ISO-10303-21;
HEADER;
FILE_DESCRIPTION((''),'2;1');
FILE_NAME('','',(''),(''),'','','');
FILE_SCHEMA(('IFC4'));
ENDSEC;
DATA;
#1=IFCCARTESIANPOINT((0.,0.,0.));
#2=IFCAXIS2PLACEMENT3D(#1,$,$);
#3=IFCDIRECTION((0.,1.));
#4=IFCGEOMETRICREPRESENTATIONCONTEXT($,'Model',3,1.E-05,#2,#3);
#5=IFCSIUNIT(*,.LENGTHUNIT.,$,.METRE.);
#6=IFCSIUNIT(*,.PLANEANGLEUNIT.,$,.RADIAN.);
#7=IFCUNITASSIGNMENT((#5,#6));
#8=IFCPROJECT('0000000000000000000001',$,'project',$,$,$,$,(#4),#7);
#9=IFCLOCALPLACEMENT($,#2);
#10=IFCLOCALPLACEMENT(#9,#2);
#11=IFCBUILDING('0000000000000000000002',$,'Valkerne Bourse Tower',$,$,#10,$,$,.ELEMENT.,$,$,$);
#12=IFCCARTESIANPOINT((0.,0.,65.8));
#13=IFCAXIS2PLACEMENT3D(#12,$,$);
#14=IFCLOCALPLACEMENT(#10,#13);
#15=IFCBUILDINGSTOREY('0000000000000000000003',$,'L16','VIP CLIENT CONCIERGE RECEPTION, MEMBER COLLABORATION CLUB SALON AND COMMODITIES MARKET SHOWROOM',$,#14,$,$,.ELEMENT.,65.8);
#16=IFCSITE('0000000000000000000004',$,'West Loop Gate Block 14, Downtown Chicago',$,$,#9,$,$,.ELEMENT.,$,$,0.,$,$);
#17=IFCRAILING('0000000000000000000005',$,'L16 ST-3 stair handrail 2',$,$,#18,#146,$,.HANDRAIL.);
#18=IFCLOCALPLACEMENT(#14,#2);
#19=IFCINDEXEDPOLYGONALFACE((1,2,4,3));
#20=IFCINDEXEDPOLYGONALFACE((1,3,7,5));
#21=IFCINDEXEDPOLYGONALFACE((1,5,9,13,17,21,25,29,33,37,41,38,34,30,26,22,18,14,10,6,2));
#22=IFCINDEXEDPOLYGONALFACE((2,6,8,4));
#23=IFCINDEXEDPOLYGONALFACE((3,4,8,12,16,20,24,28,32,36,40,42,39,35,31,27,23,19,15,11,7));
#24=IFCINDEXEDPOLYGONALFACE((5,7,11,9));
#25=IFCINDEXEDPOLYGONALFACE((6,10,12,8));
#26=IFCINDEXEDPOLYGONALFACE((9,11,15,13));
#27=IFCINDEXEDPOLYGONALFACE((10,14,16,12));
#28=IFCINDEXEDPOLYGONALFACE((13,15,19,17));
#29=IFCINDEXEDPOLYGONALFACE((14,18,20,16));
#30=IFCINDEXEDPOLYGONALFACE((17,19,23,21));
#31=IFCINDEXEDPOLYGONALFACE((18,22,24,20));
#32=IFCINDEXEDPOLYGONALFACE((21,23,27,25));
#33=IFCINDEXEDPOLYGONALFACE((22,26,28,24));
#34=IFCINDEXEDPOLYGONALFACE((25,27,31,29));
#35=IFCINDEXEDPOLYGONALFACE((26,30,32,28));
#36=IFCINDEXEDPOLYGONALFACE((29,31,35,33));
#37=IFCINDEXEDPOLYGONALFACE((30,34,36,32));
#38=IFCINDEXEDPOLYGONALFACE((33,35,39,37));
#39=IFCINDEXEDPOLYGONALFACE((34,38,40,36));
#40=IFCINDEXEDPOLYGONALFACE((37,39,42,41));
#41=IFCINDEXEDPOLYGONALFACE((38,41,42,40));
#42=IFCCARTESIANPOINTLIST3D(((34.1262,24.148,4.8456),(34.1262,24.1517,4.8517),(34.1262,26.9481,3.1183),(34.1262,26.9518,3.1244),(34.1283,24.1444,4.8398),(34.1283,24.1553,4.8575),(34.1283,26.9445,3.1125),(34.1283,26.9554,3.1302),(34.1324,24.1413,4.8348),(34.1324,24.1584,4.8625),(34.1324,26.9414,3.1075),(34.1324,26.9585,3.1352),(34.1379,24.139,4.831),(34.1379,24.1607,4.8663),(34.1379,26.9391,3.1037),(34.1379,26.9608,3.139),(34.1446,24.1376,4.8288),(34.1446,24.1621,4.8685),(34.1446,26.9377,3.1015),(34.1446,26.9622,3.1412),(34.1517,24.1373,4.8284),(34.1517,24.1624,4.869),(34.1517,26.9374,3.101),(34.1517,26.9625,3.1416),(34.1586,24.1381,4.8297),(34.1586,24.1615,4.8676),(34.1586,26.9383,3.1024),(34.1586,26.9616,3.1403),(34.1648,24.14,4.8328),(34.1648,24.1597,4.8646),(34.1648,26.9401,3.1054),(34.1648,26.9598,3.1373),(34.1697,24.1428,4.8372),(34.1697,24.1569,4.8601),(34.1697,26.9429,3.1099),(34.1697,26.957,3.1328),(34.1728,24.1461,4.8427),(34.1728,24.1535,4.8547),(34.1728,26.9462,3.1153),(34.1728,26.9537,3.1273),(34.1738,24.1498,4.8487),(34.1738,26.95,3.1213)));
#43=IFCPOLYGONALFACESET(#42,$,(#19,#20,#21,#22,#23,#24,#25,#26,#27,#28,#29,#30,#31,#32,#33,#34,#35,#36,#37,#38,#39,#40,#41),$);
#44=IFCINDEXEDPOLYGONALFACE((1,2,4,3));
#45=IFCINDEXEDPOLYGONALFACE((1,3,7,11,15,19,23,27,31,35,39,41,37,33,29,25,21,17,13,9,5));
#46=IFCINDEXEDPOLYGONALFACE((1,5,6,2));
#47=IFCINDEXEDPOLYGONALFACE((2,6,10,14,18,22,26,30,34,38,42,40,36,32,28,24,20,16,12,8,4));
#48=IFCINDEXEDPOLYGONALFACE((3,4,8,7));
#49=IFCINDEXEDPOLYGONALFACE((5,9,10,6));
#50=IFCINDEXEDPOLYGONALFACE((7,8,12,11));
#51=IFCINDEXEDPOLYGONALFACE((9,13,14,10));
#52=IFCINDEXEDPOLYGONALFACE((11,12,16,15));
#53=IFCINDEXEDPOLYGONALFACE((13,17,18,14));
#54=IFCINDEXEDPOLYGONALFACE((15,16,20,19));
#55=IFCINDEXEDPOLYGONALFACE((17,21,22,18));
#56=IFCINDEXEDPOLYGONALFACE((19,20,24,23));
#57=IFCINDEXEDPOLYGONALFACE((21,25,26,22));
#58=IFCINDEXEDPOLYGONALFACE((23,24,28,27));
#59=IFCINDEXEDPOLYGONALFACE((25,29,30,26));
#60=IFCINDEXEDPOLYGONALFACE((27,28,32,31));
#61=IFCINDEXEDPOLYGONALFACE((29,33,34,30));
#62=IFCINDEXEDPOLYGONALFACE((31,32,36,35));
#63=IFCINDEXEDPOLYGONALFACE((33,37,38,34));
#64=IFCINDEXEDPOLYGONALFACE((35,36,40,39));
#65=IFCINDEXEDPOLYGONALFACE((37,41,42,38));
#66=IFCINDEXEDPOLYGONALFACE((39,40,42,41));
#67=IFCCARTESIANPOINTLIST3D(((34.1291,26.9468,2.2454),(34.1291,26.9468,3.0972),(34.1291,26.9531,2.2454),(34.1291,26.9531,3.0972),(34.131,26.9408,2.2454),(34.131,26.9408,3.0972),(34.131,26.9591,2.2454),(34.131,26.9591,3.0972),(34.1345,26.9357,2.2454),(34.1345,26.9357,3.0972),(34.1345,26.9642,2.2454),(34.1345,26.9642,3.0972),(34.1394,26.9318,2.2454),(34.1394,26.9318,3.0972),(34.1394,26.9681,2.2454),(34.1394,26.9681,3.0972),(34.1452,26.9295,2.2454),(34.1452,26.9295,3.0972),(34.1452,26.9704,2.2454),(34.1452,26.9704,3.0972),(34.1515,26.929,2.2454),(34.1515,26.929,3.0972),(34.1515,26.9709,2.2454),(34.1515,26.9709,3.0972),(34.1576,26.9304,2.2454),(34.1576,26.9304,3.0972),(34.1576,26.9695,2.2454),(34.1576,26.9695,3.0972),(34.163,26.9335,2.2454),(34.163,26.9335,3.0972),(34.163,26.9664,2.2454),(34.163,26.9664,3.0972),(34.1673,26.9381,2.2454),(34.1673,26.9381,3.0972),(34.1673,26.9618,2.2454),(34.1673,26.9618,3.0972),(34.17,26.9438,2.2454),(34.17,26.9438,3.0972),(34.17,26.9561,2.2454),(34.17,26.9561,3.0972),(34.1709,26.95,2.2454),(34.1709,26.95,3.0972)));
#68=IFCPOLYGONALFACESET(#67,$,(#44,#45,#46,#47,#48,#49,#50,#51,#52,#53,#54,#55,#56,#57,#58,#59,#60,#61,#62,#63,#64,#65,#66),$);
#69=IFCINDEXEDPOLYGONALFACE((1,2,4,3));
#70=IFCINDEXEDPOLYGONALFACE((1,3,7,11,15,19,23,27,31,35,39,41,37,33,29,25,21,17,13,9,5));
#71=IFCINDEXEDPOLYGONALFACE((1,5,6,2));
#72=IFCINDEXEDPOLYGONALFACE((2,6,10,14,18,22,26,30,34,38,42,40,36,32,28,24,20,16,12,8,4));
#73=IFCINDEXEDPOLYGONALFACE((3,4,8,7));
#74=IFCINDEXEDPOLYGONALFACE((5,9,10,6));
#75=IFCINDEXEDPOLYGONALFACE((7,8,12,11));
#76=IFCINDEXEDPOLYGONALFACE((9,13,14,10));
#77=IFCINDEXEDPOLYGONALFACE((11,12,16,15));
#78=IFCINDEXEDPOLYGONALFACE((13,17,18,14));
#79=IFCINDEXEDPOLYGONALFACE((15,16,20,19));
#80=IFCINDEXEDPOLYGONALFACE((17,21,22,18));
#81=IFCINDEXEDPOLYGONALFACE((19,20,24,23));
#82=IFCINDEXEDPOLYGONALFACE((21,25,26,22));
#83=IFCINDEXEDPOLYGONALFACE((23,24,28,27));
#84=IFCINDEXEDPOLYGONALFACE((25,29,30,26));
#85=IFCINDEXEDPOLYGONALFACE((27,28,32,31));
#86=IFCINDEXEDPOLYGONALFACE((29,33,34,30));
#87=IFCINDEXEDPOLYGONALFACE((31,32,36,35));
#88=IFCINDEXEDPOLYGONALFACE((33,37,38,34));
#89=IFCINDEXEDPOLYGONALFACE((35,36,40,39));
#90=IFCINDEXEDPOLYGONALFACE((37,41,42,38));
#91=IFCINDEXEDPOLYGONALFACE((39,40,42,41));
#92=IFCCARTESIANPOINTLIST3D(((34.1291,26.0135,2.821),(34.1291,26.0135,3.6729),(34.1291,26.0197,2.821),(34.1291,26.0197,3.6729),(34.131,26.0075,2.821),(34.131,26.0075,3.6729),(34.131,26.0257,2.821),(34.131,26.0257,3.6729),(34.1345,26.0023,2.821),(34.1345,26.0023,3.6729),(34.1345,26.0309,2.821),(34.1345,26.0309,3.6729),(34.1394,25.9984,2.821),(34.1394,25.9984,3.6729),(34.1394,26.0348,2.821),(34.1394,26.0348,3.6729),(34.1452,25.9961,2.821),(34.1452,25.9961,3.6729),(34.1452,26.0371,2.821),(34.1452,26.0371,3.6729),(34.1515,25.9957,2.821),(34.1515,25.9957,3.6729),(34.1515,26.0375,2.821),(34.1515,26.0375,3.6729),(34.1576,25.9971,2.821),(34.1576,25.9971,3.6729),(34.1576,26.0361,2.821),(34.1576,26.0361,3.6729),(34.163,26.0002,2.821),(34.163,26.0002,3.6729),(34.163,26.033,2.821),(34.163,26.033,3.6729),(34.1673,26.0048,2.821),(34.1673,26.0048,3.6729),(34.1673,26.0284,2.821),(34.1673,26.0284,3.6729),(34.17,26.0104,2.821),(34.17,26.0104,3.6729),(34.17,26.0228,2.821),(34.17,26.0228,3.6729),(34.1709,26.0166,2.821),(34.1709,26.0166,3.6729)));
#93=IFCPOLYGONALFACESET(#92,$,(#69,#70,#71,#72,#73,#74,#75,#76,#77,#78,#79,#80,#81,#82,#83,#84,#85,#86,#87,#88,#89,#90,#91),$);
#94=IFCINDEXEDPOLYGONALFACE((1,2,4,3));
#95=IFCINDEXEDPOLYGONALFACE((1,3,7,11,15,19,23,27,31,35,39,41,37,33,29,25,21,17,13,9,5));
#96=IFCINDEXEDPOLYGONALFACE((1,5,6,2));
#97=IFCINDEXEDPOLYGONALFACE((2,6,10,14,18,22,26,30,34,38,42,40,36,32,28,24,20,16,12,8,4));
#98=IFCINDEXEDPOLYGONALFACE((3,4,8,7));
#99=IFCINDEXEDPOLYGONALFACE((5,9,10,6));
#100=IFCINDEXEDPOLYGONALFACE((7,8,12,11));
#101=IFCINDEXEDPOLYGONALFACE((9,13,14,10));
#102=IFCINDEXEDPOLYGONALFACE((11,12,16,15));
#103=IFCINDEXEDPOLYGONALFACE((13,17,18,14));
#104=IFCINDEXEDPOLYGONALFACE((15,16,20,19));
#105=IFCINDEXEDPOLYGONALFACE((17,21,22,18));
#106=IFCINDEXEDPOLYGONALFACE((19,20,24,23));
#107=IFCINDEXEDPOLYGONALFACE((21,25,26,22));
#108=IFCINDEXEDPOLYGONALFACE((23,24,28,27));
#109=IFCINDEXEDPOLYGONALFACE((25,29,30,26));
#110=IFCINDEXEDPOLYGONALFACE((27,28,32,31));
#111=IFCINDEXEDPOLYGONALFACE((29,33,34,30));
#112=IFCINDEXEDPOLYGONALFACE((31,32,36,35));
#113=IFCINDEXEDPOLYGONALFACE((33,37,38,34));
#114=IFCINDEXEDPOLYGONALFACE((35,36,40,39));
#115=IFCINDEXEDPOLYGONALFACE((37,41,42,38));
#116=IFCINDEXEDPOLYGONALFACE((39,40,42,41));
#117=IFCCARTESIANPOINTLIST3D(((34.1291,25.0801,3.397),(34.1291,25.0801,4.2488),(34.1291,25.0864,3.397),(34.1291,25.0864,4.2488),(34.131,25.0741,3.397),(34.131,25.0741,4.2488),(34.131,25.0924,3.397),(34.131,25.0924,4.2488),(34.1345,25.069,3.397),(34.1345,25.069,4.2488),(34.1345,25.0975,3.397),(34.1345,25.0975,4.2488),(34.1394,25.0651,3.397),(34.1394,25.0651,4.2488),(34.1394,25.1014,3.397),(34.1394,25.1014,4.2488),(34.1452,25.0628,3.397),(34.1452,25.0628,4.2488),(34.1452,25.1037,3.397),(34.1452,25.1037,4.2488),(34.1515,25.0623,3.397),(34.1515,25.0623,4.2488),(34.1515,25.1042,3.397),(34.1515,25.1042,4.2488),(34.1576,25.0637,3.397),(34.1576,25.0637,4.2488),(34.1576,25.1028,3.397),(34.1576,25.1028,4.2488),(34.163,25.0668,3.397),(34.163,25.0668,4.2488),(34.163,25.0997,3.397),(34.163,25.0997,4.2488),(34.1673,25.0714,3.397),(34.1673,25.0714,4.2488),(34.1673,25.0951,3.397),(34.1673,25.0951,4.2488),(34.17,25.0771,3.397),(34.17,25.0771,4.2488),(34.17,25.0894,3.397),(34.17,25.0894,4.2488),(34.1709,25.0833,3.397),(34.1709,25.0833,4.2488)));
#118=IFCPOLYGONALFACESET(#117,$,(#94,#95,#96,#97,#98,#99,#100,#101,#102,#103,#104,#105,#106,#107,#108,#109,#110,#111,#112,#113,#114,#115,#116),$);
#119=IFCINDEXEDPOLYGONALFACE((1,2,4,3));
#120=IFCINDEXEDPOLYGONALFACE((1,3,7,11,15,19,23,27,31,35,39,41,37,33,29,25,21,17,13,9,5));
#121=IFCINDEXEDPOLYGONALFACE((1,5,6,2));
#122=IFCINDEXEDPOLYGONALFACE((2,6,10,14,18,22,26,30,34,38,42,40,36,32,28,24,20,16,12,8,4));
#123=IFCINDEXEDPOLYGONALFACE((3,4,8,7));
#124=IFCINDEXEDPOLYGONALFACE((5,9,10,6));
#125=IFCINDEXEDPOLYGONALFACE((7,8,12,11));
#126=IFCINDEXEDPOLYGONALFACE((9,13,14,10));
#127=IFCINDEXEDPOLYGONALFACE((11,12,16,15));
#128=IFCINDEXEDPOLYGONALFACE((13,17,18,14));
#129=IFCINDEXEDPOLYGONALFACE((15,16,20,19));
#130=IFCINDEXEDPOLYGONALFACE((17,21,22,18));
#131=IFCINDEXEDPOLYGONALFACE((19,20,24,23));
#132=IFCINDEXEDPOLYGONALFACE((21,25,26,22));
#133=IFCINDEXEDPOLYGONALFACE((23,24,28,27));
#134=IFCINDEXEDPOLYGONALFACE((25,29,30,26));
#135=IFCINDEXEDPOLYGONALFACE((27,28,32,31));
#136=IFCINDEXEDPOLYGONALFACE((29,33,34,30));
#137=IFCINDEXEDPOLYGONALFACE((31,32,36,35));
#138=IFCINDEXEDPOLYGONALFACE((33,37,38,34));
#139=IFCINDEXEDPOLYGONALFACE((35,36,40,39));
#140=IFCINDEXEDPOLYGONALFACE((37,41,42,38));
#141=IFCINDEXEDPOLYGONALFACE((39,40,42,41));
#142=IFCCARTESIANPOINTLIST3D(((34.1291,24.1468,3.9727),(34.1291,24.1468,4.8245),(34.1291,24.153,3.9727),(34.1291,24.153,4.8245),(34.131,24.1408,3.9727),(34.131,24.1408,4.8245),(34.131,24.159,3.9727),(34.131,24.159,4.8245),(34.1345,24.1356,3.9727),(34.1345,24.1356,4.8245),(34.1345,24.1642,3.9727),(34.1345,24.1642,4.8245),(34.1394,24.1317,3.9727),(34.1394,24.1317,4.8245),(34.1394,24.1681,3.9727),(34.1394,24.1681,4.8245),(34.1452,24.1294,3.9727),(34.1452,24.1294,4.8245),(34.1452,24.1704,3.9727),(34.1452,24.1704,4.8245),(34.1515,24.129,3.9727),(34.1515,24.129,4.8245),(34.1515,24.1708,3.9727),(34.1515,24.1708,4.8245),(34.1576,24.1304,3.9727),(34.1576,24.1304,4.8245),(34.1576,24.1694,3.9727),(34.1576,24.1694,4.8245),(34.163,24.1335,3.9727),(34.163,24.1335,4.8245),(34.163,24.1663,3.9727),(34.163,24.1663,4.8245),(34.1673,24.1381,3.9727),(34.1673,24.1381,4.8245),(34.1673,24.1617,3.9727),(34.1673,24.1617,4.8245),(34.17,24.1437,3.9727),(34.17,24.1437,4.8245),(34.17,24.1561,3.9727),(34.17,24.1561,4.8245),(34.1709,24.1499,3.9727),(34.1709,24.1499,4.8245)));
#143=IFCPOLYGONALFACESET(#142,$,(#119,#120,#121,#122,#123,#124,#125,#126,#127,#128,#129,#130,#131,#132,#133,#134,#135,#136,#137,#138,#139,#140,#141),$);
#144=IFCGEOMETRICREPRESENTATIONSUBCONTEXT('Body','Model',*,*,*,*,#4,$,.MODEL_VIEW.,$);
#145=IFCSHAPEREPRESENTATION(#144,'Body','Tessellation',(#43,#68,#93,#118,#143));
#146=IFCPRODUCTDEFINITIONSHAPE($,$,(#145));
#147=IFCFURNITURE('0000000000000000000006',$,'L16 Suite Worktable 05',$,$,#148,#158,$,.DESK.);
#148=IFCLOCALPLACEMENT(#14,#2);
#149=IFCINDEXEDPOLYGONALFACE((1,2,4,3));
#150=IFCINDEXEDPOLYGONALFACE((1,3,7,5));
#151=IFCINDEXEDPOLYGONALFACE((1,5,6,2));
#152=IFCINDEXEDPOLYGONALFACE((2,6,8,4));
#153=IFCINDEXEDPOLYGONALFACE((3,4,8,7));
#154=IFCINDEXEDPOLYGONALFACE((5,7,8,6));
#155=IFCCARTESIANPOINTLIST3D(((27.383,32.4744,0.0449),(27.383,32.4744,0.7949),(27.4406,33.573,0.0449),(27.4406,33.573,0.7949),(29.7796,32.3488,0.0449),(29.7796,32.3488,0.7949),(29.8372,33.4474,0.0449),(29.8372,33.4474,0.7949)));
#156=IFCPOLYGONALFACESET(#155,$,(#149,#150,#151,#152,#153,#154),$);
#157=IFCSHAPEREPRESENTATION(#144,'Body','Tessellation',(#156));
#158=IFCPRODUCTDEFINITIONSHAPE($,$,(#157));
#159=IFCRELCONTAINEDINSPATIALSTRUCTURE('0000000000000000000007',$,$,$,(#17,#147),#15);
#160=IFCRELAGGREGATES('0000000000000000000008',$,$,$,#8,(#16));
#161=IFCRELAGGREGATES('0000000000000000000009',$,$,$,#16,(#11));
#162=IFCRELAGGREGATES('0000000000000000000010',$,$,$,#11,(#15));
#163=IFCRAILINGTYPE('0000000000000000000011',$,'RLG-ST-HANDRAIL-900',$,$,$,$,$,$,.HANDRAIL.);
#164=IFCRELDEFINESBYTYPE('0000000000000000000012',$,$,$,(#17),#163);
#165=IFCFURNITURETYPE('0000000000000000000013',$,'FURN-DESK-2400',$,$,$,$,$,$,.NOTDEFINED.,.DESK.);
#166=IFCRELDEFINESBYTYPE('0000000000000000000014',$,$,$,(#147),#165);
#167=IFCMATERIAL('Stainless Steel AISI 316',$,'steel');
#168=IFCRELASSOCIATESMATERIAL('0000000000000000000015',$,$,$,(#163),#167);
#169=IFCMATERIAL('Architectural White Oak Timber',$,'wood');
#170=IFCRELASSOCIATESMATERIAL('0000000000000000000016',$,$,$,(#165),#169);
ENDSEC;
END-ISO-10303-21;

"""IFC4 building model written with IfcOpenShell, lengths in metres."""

from ifc_helpers import new_model, si_unit, direction, frame, origin, origin_2d, place, context, subcontext, project, spatial, rectangle, circle, extrude, material, type_object, element, save


model = new_model("IFC4")

# Units and contexts
model_context = context("Model", 3, precision=1e-05, world=origin(), true_north=direction((0.0, 1.0)))
body_context = subcontext(model_context, "Body", "Model", "MODEL_VIEW")
ifc_project = project(units=[si_unit("LENGTHUNIT", "METRE"), si_unit("PLANEANGLEUNIT", "RADIAN")], contexts=[model_context])

# Site, building, storey
site_placement = place(None, origin())
site = spatial("IfcSite", under=ifc_project, at=site_placement, Name="West Loop Gate Block 14, Downtown Chicago", CompositionType="ELEMENT", RefElevation=0.0)
building_placement = place(site_placement, origin())
building = spatial("IfcBuilding", under=site, at=building_placement, Name="Valkerne Bourse Tower", CompositionType="ELEMENT")
storey_placement = place(building_placement, frame((0.0, 0.0, 65.8)))
storey = spatial("IfcBuildingStorey", under=building, at=storey_placement, Name="L16", Description="VIP CLIENT CONCIERGE RECEPTION, MEMBER COLLABORATION CLUB SALON AND COMMODITIES MARKET SHOWROOM", CompositionType="ELEMENT", Elevation=65.8)

# Shared definitions
ifc_material_1 = material(Name="Architectural White Oak Timber", Category="wood")

# Railing
ifc_material_2 = material(Name="Stainless Steel AISI 316", Category="steel")
railing_type_1 = type_object("IfcRailingType", Name="RLG-ST-HANDRAIL-900", PredefinedType="HANDRAIL", material=ifc_material_2)
railing_1_placement = place(storey_placement, frame((34.1499, 26.95, 2.2454)))
element("IfcRailing", 1, at=railing_1_placement, inside=storey, type_object=railing_type_1, Name="L16 ST-3 stair handrail 2", PredefinedType="HANDRAIL", context=body_context, shape_type="SweptSolid", body=[
    extrude(circle(Radius=0.0239, at=origin_2d()), frame((0.0, 0.0, 0.876), z_axis=(0.0, -0.85109, 0.52502), x_axis=(1.0, 0.0, 0.0)), (0.0, 0.0, 1.0), 3.29),
    extrude(circle(Radius=0.021, at=origin_2d()), origin(), (0.0, 0.0, 1.0), 0.8518),
    extrude(circle(Radius=0.021, at=origin_2d()), frame((0.0, -0.9333, 0.5757)), (0.0, 0.0, 1.0), 0.8518),
    extrude(circle(Radius=0.021, at=origin_2d()), frame((0.0, -1.8667, 1.1516)), (0.0, 0.0, 1.0), 0.8518),
    extrude(circle(Radius=0.021, at=origin_2d()), frame((0.0, -2.8, 1.7273)), (0.0, 0.0, 1.0), 0.8518),
])

# Furniture
furniture_type = type_object("IfcFurnitureType", Name="FURN-DESK-2400", AssemblyPlace="NOTDEFINED", PredefinedType="DESK", material=ifc_material_1)
furniture_placement = place(storey_placement, frame((28.6101, 32.9609, 0.0449), z_axis=(0.0, 0.0, 1.0), x_axis=(-0.99863, 0.052336, 0.0)))
element("IfcFurniture", 2, at=furniture_placement, inside=storey, type_object=furniture_type, Name="L16 Suite Worktable 05", PredefinedType="DESK", context=body_context, shape_type="SweptSolid", body=[
    extrude(rectangle(XDim=2.3999, YDim=1.1001, at=origin_2d()), origin(), (0.0, 0.0, 1.0), 0.75),
])

save(model, "model.ifc")
